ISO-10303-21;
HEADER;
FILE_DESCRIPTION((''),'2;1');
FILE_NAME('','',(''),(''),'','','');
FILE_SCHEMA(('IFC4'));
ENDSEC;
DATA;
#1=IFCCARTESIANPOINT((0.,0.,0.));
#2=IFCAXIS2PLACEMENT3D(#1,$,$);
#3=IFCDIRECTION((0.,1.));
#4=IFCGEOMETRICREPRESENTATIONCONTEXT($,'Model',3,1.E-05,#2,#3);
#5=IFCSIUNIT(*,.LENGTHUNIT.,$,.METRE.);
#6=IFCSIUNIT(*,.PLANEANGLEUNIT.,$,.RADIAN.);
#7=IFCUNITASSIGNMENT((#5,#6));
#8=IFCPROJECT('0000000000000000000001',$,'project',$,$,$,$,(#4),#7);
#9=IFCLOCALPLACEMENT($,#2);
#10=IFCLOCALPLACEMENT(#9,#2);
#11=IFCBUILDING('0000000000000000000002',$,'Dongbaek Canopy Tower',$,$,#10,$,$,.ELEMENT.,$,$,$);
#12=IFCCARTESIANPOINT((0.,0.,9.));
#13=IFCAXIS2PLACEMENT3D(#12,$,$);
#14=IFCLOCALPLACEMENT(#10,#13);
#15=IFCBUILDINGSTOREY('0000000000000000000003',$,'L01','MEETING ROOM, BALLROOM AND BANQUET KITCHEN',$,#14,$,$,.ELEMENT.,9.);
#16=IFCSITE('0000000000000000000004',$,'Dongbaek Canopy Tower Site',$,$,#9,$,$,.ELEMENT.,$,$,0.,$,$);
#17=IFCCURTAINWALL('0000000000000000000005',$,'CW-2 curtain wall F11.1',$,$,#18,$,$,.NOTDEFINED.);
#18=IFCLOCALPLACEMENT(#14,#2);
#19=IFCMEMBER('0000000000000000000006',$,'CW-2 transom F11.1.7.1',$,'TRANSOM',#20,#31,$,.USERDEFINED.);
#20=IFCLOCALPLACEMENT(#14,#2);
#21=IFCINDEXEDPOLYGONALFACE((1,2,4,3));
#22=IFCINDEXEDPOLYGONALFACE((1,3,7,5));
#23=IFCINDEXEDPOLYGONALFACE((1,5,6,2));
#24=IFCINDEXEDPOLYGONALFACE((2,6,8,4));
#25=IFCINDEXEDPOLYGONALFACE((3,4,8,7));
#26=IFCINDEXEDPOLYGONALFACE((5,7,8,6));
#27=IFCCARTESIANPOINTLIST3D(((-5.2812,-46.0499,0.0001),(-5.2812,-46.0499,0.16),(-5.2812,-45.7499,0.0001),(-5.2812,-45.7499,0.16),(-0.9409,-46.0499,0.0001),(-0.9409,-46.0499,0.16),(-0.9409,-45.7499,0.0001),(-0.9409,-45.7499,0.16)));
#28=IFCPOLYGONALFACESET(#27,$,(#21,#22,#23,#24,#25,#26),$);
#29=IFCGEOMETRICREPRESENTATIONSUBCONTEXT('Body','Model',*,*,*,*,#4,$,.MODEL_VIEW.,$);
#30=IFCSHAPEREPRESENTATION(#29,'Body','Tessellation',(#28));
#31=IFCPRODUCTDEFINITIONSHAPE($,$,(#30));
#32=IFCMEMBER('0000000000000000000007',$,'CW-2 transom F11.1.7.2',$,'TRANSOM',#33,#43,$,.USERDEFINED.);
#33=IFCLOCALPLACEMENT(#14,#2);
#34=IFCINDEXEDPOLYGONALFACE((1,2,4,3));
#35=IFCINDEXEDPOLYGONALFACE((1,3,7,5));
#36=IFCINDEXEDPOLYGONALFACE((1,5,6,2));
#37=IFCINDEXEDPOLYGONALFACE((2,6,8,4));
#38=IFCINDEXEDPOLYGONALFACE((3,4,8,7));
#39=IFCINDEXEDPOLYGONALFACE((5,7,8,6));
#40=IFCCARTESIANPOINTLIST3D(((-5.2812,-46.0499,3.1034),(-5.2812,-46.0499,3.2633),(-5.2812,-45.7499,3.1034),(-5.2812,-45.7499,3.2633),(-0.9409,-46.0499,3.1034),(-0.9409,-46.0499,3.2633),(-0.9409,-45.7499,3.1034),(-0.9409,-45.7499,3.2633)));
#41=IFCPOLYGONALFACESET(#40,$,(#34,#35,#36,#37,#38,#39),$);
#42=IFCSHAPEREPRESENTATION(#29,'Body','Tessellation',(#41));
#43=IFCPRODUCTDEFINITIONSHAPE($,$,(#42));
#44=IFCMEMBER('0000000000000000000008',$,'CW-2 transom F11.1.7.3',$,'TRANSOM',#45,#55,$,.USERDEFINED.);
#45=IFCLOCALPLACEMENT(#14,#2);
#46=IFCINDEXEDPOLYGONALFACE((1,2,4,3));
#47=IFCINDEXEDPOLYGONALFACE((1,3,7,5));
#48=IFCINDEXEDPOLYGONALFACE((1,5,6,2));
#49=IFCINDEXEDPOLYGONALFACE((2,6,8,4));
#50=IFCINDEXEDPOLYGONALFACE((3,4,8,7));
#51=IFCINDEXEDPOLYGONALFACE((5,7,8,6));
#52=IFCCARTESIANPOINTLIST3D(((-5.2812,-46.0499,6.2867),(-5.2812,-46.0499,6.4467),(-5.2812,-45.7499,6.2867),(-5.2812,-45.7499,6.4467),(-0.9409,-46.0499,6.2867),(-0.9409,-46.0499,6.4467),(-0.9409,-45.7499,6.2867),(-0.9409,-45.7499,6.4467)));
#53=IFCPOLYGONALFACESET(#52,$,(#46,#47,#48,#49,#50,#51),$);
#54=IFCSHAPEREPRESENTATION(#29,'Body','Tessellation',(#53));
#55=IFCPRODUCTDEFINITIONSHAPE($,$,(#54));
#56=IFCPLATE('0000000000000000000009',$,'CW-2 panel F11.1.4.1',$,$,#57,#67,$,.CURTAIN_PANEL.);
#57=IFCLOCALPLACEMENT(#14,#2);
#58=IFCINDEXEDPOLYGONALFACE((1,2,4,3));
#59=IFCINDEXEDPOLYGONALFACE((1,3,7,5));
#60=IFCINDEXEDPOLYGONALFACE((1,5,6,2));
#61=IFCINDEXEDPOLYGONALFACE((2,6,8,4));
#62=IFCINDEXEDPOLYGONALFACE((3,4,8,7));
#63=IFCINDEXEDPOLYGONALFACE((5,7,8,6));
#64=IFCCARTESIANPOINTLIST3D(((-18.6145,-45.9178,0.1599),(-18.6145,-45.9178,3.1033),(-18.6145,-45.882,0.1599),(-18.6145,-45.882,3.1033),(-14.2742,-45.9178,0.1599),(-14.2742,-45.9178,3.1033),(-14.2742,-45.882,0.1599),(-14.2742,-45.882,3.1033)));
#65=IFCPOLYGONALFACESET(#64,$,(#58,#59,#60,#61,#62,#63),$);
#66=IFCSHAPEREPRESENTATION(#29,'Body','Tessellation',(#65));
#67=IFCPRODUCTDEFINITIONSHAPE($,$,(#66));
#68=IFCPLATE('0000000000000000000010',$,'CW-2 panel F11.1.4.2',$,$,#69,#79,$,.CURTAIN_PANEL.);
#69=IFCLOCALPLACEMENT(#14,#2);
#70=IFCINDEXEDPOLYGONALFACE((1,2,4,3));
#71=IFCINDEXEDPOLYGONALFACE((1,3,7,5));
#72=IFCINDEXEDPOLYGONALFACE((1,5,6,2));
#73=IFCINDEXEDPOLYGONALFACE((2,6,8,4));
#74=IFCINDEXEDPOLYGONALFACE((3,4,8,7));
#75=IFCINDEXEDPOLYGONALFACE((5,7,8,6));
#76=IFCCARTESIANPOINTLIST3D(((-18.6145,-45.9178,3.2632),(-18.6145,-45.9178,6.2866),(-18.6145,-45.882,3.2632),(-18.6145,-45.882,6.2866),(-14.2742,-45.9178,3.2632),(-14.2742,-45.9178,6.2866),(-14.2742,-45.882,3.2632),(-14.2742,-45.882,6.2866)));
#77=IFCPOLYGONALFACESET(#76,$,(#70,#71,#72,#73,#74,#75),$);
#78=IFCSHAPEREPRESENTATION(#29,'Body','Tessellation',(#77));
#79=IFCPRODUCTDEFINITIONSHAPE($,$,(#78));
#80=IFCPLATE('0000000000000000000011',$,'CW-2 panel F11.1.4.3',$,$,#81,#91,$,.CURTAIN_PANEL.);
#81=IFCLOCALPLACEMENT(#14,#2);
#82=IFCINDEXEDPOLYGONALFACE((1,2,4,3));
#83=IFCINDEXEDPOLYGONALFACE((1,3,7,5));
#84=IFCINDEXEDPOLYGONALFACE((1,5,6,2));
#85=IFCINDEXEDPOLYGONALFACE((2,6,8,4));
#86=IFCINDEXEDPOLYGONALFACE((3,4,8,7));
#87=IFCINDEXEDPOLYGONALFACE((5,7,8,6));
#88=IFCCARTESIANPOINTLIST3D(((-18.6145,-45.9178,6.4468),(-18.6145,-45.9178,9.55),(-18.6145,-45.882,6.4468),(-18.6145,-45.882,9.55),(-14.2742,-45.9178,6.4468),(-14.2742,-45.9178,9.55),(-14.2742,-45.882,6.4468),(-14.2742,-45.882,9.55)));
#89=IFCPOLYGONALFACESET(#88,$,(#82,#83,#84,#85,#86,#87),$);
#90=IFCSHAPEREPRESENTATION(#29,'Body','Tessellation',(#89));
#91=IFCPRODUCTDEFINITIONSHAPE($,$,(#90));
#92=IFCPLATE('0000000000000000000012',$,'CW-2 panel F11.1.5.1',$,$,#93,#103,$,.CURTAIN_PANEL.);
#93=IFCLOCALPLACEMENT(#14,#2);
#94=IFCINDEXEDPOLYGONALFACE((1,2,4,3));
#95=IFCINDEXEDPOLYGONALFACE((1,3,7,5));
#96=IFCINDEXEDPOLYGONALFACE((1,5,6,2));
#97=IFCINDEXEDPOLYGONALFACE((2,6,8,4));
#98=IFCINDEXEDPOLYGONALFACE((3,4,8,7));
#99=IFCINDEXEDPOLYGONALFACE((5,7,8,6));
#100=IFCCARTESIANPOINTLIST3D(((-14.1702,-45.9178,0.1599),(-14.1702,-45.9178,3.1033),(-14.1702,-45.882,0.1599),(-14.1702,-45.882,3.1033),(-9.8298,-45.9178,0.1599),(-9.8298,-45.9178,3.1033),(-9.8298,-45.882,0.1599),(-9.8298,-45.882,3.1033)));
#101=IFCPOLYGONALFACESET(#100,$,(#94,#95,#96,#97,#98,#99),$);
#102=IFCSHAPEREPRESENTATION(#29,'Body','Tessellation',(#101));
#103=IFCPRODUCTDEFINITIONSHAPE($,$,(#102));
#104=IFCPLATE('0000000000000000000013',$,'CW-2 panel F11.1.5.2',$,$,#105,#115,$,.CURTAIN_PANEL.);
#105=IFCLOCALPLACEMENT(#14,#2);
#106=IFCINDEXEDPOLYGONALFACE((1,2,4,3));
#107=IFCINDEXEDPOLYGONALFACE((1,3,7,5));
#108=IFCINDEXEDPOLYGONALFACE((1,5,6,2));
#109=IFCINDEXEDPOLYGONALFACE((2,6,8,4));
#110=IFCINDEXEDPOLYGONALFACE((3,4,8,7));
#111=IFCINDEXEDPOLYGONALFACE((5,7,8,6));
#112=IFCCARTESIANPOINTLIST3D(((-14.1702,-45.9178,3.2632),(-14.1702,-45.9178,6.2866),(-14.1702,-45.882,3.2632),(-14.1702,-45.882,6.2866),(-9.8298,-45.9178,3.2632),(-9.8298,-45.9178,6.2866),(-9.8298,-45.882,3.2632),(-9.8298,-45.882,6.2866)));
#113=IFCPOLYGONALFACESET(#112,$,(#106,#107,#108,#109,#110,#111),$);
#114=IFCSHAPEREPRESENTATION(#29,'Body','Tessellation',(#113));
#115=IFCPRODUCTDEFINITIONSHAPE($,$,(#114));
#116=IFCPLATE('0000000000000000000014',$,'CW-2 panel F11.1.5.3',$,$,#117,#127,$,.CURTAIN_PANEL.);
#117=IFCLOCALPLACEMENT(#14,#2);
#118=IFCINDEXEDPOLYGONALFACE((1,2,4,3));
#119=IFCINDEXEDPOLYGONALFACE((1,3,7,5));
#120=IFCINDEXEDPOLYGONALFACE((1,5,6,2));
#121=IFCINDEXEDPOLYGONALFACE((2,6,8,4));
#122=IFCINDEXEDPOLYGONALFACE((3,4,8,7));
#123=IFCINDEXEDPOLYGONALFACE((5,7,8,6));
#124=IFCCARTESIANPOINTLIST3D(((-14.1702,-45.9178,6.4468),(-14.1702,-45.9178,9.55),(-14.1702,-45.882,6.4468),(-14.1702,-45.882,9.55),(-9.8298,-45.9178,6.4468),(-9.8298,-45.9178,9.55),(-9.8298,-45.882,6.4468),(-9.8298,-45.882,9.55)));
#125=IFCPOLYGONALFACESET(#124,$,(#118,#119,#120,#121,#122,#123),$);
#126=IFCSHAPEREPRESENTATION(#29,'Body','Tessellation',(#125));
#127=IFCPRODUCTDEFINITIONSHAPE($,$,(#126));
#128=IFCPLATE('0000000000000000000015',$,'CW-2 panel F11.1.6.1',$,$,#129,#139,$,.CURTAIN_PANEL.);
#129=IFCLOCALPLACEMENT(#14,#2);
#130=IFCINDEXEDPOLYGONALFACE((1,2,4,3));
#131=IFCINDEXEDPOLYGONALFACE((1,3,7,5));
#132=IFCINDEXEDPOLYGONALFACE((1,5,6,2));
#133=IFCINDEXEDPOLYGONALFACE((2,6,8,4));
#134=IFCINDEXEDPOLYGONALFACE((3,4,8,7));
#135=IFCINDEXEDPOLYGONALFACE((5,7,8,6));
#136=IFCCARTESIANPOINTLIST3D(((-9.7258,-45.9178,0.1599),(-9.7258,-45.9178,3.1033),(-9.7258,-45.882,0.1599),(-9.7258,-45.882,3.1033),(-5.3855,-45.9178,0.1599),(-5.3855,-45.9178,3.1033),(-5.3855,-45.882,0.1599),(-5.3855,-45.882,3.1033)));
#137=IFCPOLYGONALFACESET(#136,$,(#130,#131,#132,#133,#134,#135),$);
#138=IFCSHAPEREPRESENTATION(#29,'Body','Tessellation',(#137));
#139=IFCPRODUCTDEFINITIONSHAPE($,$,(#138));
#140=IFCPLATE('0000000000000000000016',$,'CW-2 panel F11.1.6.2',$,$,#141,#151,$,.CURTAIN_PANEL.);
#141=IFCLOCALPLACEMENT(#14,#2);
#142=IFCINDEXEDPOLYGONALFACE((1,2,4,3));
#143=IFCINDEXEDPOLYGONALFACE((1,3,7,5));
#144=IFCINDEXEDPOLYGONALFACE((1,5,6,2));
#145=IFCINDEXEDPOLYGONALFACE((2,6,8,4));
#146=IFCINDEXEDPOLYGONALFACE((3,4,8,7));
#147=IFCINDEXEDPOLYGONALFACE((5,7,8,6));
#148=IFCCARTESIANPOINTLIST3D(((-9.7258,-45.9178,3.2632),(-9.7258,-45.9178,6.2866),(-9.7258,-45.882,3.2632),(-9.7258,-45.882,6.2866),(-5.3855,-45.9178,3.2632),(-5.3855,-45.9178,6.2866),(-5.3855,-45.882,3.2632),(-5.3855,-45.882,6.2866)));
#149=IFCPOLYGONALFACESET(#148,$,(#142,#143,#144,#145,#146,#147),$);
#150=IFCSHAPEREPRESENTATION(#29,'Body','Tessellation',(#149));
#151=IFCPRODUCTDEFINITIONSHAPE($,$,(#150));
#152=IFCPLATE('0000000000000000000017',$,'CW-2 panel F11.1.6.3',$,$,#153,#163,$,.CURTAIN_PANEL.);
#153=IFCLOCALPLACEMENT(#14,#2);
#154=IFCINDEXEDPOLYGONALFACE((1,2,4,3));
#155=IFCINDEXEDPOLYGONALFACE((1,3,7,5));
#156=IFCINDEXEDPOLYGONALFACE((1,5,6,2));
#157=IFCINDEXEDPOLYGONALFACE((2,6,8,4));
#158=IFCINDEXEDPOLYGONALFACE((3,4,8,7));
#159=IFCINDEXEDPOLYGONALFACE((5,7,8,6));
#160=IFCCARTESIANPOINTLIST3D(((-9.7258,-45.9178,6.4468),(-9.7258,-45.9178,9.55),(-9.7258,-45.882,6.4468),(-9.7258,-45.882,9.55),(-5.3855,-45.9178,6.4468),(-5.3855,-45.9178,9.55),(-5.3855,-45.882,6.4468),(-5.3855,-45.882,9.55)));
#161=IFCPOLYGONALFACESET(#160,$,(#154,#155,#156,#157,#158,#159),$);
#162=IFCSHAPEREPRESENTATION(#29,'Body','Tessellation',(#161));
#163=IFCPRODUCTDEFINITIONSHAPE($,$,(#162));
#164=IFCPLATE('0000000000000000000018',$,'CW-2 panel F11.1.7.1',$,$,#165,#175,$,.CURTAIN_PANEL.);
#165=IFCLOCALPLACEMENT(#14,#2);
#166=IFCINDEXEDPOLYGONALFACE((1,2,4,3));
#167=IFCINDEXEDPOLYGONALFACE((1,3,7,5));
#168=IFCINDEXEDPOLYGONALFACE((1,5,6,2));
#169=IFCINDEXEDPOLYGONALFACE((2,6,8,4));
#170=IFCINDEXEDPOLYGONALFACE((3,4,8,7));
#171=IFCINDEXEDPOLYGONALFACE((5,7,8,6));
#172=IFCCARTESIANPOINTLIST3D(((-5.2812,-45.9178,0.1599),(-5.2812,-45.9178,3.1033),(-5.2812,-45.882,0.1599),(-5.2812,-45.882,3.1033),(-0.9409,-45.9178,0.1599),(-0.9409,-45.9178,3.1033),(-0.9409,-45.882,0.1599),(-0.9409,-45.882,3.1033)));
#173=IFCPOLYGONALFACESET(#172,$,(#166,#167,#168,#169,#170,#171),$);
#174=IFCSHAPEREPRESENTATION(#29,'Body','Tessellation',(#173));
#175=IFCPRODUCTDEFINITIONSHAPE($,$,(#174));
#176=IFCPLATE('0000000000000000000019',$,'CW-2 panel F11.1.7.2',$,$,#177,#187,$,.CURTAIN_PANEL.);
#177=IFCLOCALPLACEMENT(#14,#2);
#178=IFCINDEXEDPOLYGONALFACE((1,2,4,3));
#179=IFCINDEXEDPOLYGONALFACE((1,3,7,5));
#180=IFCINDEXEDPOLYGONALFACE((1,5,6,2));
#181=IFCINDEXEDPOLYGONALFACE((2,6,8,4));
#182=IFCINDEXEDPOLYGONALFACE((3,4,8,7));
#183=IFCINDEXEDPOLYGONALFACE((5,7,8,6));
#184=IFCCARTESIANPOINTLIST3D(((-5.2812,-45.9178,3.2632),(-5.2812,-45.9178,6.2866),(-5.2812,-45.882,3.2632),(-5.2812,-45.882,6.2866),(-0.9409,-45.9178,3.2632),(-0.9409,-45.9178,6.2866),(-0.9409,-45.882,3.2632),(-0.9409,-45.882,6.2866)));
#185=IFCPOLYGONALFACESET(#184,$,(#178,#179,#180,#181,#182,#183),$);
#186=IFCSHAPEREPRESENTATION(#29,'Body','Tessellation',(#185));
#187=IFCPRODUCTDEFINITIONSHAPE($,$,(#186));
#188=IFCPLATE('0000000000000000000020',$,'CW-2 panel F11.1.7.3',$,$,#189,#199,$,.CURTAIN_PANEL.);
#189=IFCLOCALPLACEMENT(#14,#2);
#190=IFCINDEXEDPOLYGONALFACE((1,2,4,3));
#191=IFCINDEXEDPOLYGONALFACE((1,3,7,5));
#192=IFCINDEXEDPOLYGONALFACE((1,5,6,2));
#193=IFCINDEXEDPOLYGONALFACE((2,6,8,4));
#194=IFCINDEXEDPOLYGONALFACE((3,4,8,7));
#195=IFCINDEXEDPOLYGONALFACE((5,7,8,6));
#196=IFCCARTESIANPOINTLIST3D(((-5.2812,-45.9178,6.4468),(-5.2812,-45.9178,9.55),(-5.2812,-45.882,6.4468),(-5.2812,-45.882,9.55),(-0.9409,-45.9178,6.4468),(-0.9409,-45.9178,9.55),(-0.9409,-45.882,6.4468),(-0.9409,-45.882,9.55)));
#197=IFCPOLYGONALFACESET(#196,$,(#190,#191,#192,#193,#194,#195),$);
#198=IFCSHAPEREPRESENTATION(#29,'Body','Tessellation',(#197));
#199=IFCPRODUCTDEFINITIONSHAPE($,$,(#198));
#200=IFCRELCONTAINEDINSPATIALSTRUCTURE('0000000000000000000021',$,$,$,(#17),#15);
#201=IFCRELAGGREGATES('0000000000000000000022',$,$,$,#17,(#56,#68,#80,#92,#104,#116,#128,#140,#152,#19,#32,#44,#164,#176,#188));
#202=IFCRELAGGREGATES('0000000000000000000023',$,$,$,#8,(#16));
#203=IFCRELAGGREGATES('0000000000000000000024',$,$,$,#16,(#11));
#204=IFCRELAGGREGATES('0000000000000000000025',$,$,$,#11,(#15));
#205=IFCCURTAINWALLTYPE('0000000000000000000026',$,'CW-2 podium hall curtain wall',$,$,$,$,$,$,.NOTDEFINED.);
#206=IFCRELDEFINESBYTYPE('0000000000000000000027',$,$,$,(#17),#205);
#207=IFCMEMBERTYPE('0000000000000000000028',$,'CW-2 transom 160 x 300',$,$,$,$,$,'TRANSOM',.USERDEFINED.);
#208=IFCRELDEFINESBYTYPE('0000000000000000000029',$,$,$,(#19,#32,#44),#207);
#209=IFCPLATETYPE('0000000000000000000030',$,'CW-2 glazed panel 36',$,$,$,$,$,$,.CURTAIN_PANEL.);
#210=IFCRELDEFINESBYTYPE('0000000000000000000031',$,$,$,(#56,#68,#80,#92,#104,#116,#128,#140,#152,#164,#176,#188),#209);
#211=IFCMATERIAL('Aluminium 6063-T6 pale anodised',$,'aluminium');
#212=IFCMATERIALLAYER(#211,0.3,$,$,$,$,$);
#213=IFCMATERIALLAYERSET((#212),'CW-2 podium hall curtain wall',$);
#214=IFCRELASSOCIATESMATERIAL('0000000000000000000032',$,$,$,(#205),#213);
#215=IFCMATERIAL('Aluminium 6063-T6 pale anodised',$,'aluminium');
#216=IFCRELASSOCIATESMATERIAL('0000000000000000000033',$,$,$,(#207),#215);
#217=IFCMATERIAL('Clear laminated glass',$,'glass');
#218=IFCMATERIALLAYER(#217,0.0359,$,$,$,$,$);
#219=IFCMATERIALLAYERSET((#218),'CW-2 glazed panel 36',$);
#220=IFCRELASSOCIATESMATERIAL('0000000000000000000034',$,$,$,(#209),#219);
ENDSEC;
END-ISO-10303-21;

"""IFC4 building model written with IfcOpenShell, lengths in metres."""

from ifc_helpers import new_model, si_unit, direction, frame, origin, origin_2d, place, context, subcontext, project, spatial, rectangle, extrude, material, layer, layer_set, material_profile, profile_set, type_object, element, aggregate, save


model = new_model("IFC4")

# Units and contexts
model_context = context("Model", 3, precision=1e-05, world=origin(), true_north=direction((0.0, 1.0)))
body_context = subcontext(model_context, "Body", "Model", "MODEL_VIEW")
ifc_project = project(units=[si_unit("LENGTHUNIT", "METRE"), si_unit("PLANEANGLEUNIT", "RADIAN")], contexts=[model_context])

# Site, building, storey
site_placement = place(None, origin())
site = spatial("IfcSite", under=ifc_project, at=site_placement, Name="Dongbaek Canopy Tower Site", CompositionType="ELEMENT", RefElevation=0.0)
building_placement = place(site_placement, origin())
building = spatial("IfcBuilding", under=site, at=building_placement, Name="Dongbaek Canopy Tower", CompositionType="ELEMENT")
storey_placement = place(building_placement, frame((0.0, 0.0, 9.0)))
storey = spatial("IfcBuildingStorey", under=building, at=storey_placement, Name="L01", Description="MEETING ROOM, BALLROOM AND BANQUET KITCHEN", CompositionType="ELEMENT", Elevation=9.0)

# Curtain wall, members, plates
ifc_material_1 = material(Name="Aluminium 6063-T6 pale anodised", Category="aluminium")
ifc_layer_1 = layer(ifc_material_1, 0.3)
ifc_layer_set_1 = layer_set([ifc_layer_1], Name="CW-2 podium hall curtain wall")
curtain_wall_type = type_object("IfcCurtainWallType", Name="CW-2 podium hall curtain wall", PredefinedType="NOTDEFINED", material=ifc_layer_set_1)
curtain_wall_placement = place(storey_placement, origin())
curtain_wall = element("IfcCurtainWall", 1, at=curtain_wall_placement, inside=storey, type_object=curtain_wall_type, Name="CW-2 curtain wall F11.1", PredefinedType="NOTDEFINED")
ifc_material_2 = material(Name="Aluminium 6063-T6 pale anodised", Category="aluminium")
ifc_material_profile_1 = material_profile(ifc_material_2, rectangle(XDim=0.3, YDim=0.1599, at=origin_2d()), Name="CW-2 transom 160 x 300")
ifc_profile_set_1 = profile_set([ifc_material_profile_1], Name="Aluminium 6063-T6 pale anodised")
member_type_1 = type_object("IfcMemberType", Name="CW-2 transom 160 x 300", ElementType="TRANSOM", PredefinedType="USERDEFINED", material=ifc_profile_set_1)
member_1_placement = place(storey_placement, frame((-5.2812, -45.8999, 0.0801), z_axis=(1.0, 0.0, 0.0), x_axis=(0.0, 1.0, 0.0)))
member_1 = element("IfcMember", 2, at=member_1_placement, type_object=member_type_1, Name="CW-2 transom F11.1.7.1", ObjectType="TRANSOM", PredefinedType="USERDEFINED", context=body_context, shape_type="SweptSolid", body=[
    extrude(rectangle(XDim=0.3, YDim=0.1599, at=origin_2d()), origin(), (0.0, 0.0, 1.0), 4.3403),
])
member_2_placement = place(storey_placement, frame((-5.2812, -45.8999, 3.1833), z_axis=(1.0, 0.0, 0.0), x_axis=(0.0, 1.0, 0.0)))
member_2 = element("IfcMember", 3, at=member_2_placement, type_object=member_type_1, Name="CW-2 transom F11.1.7.2", ObjectType="TRANSOM", PredefinedType="USERDEFINED", context=body_context, shape_type="SweptSolid", body=[
    extrude(rectangle(XDim=0.3, YDim=0.1599, at=origin_2d()), origin(), (0.0, 0.0, 1.0), 4.3403),
])
member_3_placement = place(storey_placement, frame((-5.2812, -45.8999, 6.3667), z_axis=(1.0, 0.0, 0.0), x_axis=(0.0, 1.0, 0.0)))
member_3 = element("IfcMember", 4, at=member_3_placement, type_object=member_type_1, Name="CW-2 transom F11.1.7.3", ObjectType="TRANSOM", PredefinedType="USERDEFINED", context=body_context, shape_type="SweptSolid", body=[
    extrude(rectangle(XDim=0.3, YDim=0.1599, at=origin_2d()), origin(), (0.0, 0.0, 1.0), 4.3403),
])
ifc_material_3 = material(Name="Clear laminated glass", Category="glass")
ifc_layer_2 = layer(ifc_material_3, 0.0359)
ifc_layer_set_2 = layer_set([ifc_layer_2], Name="CW-2 glazed panel 36")
plate_type = type_object("IfcPlateType", Name="CW-2 glazed panel 36", PredefinedType="CURTAIN_PANEL", material=ifc_layer_set_2)
plate_1_placement = place(storey_placement, frame((-16.4443, -45.8999, 0.1599), z_axis=(0.0, 0.0, 1.0), x_axis=(1.0, 0.0, 0.0)))
plate_1 = element("IfcPlate", 5, at=plate_1_placement, type_object=plate_type, Name="CW-2 panel F11.1.4.1", PredefinedType="CURTAIN_PANEL", context=body_context, shape_type="SweptSolid", body=[
    extrude(rectangle(XDim=4.3403, YDim=0.0359, at=origin_2d()), origin(), (0.0, 0.0, 1.0), 2.9434),
])
plate_2_placement = place(storey_placement, frame((-16.4443, -45.8999, 3.2632), z_axis=(0.0, 0.0, 1.0), x_axis=(1.0, 0.0, 0.0)))
plate_2 = element("IfcPlate", 6, at=plate_2_placement, type_object=plate_type, Name="CW-2 panel F11.1.4.2", PredefinedType="CURTAIN_PANEL", context=body_context, shape_type="SweptSolid", body=[
    extrude(rectangle(XDim=4.3403, YDim=0.0359, at=origin_2d()), origin(), (0.0, 0.0, 1.0), 3.0234),
])
plate_3_placement = place(storey_placement, frame((-16.4443, -45.8999, 6.4468), z_axis=(0.0, 0.0, 1.0), x_axis=(1.0, 0.0, 0.0)))
plate_3 = element("IfcPlate", 7, at=plate_3_placement, type_object=plate_type, Name="CW-2 panel F11.1.4.3", PredefinedType="CURTAIN_PANEL", context=body_context, shape_type="SweptSolid", body=[
    extrude(rectangle(XDim=4.3403, YDim=0.0359, at=origin_2d()), origin(), (0.0, 0.0, 1.0), 3.1033),
])
plate_4_placement = place(storey_placement, frame((-12.0, -45.8999, 0.1599), z_axis=(0.0, 0.0, 1.0), x_axis=(1.0, 0.0, 0.0)))
plate_4 = element("IfcPlate", 8, at=plate_4_placement, type_object=plate_type, Name="CW-2 panel F11.1.5.1", PredefinedType="CURTAIN_PANEL", context=body_context, shape_type="SweptSolid", body=[
    extrude(rectangle(XDim=4.3403, YDim=0.0359, at=origin_2d()), origin(), (0.0, 0.0, 1.0), 2.9434),
])
plate_5_placement = place(storey_placement, frame((-12.0, -45.8999, 3.2632), z_axis=(0.0, 0.0, 1.0), x_axis=(1.0, 0.0, 0.0)))
plate_5 = element("IfcPlate", 9, at=plate_5_placement, type_object=plate_type, Name="CW-2 panel F11.1.5.2", PredefinedType="CURTAIN_PANEL", context=body_context, shape_type="SweptSolid", body=[
    extrude(rectangle(XDim=4.3403, YDim=0.0359, at=origin_2d()), origin(), (0.0, 0.0, 1.0), 3.0234),
])
plate_6_placement = place(storey_placement, frame((-12.0, -45.8999, 6.4468), z_axis=(0.0, 0.0, 1.0), x_axis=(1.0, 0.0, 0.0)))
plate_6 = element("IfcPlate", 10, at=plate_6_placement, type_object=plate_type, Name="CW-2 panel F11.1.5.3", PredefinedType="CURTAIN_PANEL", context=body_context, shape_type="SweptSolid", body=[
    extrude(rectangle(XDim=4.3403, YDim=0.0359, at=origin_2d()), origin(), (0.0, 0.0, 1.0), 3.1033),
])
plate_7_placement = place(storey_placement, frame((-7.5557, -45.8999, 0.1599), z_axis=(0.0, 0.0, 1.0), x_axis=(1.0, 0.0, 0.0)))
plate_7 = element("IfcPlate", 11, at=plate_7_placement, type_object=plate_type, Name="CW-2 panel F11.1.6.1", PredefinedType="CURTAIN_PANEL", context=body_context, shape_type="SweptSolid", body=[
    extrude(rectangle(XDim=4.3403, YDim=0.0359, at=origin_2d()), origin(), (0.0, 0.0, 1.0), 2.9434),
])
plate_8_placement = place(storey_placement, frame((-7.5557, -45.8999, 3.2632), z_axis=(0.0, 0.0, 1.0), x_axis=(1.0, 0.0, 0.0)))
plate_8 = element("IfcPlate", 12, at=plate_8_placement, type_object=plate_type, Name="CW-2 panel F11.1.6.2", PredefinedType="CURTAIN_PANEL", context=body_context, shape_type="SweptSolid", body=[
    extrude(rectangle(XDim=4.3403, YDim=0.0359, at=origin_2d()), origin(), (0.0, 0.0, 1.0), 3.0234),
])
plate_9_placement = place(storey_placement, frame((-7.5557, -45.8999, 6.4468), z_axis=(0.0, 0.0, 1.0), x_axis=(1.0, 0.0, 0.0)))
plate_9 = element("IfcPlate", 13, at=plate_9_placement, type_object=plate_type, Name="CW-2 panel F11.1.6.3", PredefinedType="CURTAIN_PANEL", context=body_context, shape_type="SweptSolid", body=[
    extrude(rectangle(XDim=4.3403, YDim=0.0359, at=origin_2d()), origin(), (0.0, 0.0, 1.0), 3.1033),
])
plate_10_placement = place(storey_placement, frame((-3.1111, -45.8999, 0.1599), z_axis=(0.0, 0.0, 1.0), x_axis=(1.0, 0.0, 0.0)))
plate_10 = element("IfcPlate", 14, at=plate_10_placement, type_object=plate_type, Name="CW-2 panel F11.1.7.1", PredefinedType="CURTAIN_PANEL", context=body_context, shape_type="SweptSolid", body=[
    extrude(rectangle(XDim=4.3403, YDim=0.0359, at=origin_2d()), origin(), (0.0, 0.0, 1.0), 2.9434),
])
plate_11_placement = place(storey_placement, frame((-3.1111, -45.8999, 3.2632), z_axis=(0.0, 0.0, 1.0), x_axis=(1.0, 0.0, 0.0)))
plate_11 = element("IfcPlate", 15, at=plate_11_placement, type_object=plate_type, Name="CW-2 panel F11.1.7.2", PredefinedType="CURTAIN_PANEL", context=body_context, shape_type="SweptSolid", body=[
    extrude(rectangle(XDim=4.3403, YDim=0.0359, at=origin_2d()), origin(), (0.0, 0.0, 1.0), 3.0234),
])
plate_12_placement = place(storey_placement, frame((-3.1111, -45.8999, 6.4468), z_axis=(0.0, 0.0, 1.0), x_axis=(1.0, 0.0, 0.0)))
plate_12 = element("IfcPlate", 16, at=plate_12_placement, type_object=plate_type, Name="CW-2 panel F11.1.7.3", PredefinedType="CURTAIN_PANEL", context=body_context, shape_type="SweptSolid", body=[
    extrude(rectangle(XDim=4.3403, YDim=0.0359, at=origin_2d()), origin(), (0.0, 0.0, 1.0), 3.1033),
])
aggregate(curtain_wall, [plate_1, plate_2, plate_3, plate_4, plate_5, plate_6, plate_7, plate_8, plate_9, member_1, member_2, member_3, plate_10, plate_11, plate_12])

save(model, "model.ifc")
